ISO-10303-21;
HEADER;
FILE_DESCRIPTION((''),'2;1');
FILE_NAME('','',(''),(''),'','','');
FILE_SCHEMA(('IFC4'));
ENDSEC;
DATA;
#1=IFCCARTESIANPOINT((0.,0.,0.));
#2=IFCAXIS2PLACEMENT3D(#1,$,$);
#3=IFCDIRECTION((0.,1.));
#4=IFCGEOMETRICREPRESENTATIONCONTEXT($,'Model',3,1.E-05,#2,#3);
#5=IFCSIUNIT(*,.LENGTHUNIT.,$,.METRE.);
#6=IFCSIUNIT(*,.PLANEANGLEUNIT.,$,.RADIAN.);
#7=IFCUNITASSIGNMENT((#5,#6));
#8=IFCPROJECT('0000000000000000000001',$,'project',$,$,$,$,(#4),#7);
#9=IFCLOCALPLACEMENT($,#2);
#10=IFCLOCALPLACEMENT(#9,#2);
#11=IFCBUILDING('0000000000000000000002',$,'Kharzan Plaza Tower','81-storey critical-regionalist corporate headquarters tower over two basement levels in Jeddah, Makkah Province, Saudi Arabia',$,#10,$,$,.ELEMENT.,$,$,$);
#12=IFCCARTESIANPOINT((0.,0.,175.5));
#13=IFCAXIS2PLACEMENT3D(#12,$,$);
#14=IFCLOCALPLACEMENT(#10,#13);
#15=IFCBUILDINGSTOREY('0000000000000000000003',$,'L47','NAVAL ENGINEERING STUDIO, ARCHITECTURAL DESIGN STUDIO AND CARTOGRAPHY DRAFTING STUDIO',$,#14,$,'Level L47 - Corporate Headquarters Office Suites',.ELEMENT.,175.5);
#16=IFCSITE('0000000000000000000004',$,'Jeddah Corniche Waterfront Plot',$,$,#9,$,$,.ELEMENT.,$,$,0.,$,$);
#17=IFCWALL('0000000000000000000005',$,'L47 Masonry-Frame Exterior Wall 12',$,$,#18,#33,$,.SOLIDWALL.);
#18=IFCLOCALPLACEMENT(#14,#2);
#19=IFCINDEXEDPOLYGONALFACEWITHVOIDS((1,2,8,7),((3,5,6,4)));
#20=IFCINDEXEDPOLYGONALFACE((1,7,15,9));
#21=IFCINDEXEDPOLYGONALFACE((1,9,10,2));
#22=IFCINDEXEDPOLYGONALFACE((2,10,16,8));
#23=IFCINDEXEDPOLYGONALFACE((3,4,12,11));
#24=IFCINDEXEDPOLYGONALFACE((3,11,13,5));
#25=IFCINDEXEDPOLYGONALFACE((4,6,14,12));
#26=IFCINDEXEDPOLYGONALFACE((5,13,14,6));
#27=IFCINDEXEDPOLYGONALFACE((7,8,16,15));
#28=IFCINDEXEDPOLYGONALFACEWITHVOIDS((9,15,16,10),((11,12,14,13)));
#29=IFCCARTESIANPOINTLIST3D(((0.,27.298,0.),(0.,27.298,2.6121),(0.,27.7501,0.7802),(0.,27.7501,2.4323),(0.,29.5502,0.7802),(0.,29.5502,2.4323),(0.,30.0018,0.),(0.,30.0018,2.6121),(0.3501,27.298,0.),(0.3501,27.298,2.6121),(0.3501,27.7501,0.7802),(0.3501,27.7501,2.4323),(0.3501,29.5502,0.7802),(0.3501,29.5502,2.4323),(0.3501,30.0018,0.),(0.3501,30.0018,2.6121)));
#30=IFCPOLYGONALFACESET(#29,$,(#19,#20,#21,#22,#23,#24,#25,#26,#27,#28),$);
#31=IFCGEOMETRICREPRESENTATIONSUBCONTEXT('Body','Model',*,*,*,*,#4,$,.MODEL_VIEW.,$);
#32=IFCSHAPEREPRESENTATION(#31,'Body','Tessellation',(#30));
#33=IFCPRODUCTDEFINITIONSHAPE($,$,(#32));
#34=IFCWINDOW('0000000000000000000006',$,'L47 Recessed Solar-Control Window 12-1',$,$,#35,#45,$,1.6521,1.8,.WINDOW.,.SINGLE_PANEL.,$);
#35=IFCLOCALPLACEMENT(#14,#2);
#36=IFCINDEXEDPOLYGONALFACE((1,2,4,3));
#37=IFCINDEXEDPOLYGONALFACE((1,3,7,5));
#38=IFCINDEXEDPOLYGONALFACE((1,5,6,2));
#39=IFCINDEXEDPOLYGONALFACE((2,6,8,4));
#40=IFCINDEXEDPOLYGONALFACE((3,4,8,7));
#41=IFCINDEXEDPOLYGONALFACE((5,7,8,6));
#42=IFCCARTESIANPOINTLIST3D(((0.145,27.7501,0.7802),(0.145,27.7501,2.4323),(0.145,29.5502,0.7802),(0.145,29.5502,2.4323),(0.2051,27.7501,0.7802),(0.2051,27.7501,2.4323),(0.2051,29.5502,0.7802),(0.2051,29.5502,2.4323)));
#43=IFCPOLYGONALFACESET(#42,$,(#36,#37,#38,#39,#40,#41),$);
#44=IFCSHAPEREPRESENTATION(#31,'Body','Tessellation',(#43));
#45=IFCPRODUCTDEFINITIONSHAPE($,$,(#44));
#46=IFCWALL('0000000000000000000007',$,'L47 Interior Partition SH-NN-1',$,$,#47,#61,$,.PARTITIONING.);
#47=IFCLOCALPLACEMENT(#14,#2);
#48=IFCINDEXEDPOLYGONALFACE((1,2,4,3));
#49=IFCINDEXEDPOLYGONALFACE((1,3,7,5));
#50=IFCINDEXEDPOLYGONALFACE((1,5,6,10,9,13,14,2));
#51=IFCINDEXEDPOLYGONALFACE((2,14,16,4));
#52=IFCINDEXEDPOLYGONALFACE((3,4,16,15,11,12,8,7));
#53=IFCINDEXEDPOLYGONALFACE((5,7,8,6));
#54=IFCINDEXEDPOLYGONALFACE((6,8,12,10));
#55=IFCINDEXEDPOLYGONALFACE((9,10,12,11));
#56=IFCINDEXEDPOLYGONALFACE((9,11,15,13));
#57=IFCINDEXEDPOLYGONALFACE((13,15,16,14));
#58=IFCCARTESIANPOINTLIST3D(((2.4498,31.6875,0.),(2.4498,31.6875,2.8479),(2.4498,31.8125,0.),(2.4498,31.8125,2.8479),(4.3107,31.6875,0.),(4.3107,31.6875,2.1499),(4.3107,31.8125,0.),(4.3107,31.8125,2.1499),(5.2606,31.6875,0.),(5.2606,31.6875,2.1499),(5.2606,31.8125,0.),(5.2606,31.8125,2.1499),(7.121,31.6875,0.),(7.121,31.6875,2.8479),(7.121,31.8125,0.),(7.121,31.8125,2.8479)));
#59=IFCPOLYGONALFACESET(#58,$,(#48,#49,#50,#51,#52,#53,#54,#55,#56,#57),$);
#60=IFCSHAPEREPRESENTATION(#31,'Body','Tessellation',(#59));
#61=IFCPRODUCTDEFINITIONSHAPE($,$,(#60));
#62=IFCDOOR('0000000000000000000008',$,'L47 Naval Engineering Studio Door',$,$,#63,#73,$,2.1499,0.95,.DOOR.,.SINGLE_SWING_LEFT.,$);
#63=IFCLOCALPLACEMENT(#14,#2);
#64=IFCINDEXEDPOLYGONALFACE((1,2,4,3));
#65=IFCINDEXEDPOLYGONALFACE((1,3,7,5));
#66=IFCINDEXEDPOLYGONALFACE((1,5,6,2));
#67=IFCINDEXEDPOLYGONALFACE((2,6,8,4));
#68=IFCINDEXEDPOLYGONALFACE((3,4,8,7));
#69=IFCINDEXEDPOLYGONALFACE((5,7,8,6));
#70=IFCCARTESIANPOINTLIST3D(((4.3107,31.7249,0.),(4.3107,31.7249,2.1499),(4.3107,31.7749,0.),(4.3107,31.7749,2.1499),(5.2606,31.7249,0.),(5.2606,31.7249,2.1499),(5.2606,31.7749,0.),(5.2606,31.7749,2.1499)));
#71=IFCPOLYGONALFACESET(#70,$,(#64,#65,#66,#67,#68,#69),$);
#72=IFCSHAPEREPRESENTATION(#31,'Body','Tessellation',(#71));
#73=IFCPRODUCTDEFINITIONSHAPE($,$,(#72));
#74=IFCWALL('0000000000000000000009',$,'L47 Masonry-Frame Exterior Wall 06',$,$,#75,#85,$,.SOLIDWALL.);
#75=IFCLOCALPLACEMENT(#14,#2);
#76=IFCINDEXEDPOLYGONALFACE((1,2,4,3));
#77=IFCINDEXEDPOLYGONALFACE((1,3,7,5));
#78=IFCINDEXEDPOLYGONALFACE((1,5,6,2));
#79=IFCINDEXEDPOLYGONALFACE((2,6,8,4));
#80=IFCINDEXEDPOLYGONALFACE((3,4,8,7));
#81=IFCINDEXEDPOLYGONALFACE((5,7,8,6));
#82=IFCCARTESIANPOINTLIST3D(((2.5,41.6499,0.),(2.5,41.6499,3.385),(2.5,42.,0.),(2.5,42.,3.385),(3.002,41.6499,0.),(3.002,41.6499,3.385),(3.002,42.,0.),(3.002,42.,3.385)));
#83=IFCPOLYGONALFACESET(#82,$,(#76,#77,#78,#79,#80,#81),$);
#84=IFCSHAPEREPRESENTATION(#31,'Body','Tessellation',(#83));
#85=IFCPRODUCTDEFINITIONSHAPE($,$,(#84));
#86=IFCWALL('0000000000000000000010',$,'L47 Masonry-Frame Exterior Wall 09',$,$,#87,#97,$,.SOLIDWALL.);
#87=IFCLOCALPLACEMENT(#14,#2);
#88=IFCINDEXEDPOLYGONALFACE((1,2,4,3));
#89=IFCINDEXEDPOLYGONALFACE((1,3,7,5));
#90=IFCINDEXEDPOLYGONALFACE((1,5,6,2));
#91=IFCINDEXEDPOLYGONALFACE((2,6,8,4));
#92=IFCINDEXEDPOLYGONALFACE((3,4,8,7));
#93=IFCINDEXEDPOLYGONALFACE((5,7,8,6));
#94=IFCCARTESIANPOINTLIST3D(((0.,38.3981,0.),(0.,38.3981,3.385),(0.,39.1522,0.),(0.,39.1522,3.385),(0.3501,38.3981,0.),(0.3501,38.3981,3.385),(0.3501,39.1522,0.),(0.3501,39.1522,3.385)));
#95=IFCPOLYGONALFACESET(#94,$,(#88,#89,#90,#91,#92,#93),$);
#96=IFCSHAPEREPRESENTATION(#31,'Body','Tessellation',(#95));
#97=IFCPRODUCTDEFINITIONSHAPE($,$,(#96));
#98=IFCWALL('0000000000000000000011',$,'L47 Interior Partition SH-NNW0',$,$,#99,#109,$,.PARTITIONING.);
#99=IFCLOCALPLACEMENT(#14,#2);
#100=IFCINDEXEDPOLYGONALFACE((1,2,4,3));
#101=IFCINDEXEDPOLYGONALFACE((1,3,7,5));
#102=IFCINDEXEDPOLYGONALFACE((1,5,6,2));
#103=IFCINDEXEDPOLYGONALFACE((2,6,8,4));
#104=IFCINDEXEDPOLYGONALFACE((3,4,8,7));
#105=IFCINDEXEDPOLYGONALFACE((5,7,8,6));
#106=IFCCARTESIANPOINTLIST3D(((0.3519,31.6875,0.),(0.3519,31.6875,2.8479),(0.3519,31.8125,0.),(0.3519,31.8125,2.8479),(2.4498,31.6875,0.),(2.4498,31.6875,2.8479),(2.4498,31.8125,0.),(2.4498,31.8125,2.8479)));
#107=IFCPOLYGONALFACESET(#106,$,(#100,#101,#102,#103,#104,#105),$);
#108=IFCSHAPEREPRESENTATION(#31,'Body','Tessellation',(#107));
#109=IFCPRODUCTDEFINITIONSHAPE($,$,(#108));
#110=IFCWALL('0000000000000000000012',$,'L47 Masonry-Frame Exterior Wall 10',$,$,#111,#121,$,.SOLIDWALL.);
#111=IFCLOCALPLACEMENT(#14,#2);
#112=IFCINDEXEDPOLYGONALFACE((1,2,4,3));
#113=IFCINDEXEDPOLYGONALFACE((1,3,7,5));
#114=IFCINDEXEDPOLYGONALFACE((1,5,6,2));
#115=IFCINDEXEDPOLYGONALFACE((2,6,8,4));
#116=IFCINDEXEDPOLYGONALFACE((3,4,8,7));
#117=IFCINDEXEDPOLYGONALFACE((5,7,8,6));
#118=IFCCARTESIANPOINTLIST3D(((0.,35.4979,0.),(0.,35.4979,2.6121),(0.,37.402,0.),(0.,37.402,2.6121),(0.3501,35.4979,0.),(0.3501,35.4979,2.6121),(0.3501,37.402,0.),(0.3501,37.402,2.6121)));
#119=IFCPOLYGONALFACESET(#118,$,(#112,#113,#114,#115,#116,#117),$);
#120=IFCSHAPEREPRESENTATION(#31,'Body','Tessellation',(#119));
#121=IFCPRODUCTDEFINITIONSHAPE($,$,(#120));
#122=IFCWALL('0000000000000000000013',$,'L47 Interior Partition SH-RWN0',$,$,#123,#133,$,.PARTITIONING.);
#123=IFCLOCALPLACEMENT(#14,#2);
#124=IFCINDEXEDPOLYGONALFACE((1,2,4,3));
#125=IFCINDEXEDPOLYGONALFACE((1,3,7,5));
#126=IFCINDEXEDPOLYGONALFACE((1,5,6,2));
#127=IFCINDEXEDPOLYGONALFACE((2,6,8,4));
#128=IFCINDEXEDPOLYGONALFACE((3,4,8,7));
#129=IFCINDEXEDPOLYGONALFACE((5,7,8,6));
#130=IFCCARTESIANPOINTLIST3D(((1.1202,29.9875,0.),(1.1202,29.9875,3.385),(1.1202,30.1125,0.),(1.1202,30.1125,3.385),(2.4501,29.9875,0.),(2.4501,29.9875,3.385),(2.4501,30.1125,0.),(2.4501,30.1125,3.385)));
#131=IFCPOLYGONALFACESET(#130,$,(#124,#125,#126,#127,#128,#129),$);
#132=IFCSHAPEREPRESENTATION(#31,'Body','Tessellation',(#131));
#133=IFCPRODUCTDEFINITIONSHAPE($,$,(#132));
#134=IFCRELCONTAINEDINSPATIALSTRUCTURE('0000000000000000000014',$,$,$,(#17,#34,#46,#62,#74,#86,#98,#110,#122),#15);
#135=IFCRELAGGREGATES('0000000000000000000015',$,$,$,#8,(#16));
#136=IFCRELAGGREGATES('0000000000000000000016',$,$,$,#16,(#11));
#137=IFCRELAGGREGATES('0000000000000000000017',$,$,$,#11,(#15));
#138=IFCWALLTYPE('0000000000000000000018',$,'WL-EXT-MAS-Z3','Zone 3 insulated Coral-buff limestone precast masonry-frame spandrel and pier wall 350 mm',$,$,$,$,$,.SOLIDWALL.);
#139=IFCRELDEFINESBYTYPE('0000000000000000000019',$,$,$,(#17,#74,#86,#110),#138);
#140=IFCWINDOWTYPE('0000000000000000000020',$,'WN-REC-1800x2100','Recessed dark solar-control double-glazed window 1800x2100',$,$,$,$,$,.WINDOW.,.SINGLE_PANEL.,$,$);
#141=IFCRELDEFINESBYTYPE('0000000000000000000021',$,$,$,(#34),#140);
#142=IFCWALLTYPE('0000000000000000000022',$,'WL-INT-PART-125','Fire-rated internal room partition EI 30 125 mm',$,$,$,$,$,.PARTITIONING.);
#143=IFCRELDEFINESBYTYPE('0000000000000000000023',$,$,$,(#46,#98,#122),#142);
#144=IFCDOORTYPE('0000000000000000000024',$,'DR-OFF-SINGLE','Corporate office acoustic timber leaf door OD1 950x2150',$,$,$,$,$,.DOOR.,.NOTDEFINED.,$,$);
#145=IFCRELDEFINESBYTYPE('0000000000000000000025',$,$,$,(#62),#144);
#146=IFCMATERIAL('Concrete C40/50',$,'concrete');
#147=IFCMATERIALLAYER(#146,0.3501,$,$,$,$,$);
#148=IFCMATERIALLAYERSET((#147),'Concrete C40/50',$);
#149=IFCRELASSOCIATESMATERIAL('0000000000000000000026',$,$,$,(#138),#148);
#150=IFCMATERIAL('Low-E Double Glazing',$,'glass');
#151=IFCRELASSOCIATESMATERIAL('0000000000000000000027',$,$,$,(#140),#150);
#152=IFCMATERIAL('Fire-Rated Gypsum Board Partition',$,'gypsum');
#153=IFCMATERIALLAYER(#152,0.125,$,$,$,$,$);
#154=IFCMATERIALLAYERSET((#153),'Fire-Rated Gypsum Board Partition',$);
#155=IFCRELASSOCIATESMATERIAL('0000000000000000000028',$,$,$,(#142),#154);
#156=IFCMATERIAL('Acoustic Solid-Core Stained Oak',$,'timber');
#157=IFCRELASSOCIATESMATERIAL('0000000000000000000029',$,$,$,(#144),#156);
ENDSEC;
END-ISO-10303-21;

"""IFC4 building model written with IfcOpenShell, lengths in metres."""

from ifc_helpers import new_model, si_unit, direction, frame, frame_2d, origin, place, context, subcontext, project, spatial, rectangle, extrude, source, transform, mapped, material, layer, layer_set, type_object, element, fill, save


model = new_model("IFC4")

# Units and contexts
model_context = context("Model", 3, precision=1e-05, world=origin(), true_north=direction((0.0, 1.0)))
body_context = subcontext(model_context, "Body", "Model", "MODEL_VIEW")
ifc_project = project(units=[si_unit("LENGTHUNIT", "METRE"), si_unit("PLANEANGLEUNIT", "RADIAN")], contexts=[model_context])

# Site, building, storey
site_placement = place(None, origin())
site = spatial("IfcSite", under=ifc_project, at=site_placement, Name="Jeddah Corniche Waterfront Plot", CompositionType="ELEMENT", RefElevation=0.0)
building_placement = place(site_placement, origin())
building = spatial("IfcBuilding", under=site, at=building_placement, Name="Kharzan Plaza Tower", Description="81-storey critical-regionalist corporate headquarters tower over two basement levels in Jeddah, Makkah Province, Saudi Arabia", CompositionType="ELEMENT")
storey_placement = place(building_placement, frame((0.0, 0.0, 175.5)))
storey = spatial("IfcBuildingStorey", under=building, at=storey_placement, Name="L47", Description="NAVAL ENGINEERING STUDIO, ARCHITECTURAL DESIGN STUDIO AND CARTOGRAPHY DRAFTING STUDIO", LongName="Level L47 - Corporate Headquarters Office Suites", CompositionType="ELEMENT", Elevation=175.5)

# Wall, opening, window
ifc_material_1 = material(Name="Concrete C40/50", Category="concrete")
ifc_layer_1 = layer(ifc_material_1, 0.3501)
ifc_layer_set_1 = layer_set([ifc_layer_1], Name="Concrete C40/50")
wall_type_1 = type_object("IfcWallType", Name="WL-EXT-MAS-Z3", Description="Zone 3 insulated Coral-buff limestone precast masonry-frame spandrel and pier wall 350 mm", PredefinedType="SOLIDWALL", material=ifc_layer_set_1)
ifc_material_2 = material(Name="Low-E Double Glazing", Category="glass")
window_type_1 = type_object("IfcWindowType", Name="WN-REC-1800x2100", Description="Recessed dark solar-control double-glazed window 1800x2100", PartitioningType="SINGLE_PANEL", PredefinedType="WINDOW", material=ifc_material_2)
shared_shape_1 = source(origin(), body_context, "Body", "SweptSolid", [
    extrude(rectangle(XDim=1.8, YDim=1.6521, at=frame_2d((0.8999, 0.8262))), frame((0.0, 0.03, 0.0), z_axis=(0.0, -1.0, 0.0), x_axis=(1.0, 0.0, 0.0)), (0.0, 0.0, 1.0), 0.0601),
])
wall_1_placement = place(storey_placement, frame((0.175, 30.002, 0.0), z_axis=(0.0, 0.0, 1.0), x_axis=(0.0, -1.0, 0.0)))
wall_1 = element("IfcWall", 1, at=wall_1_placement, inside=storey, type_object=wall_type_1, Name="L47 Masonry-Frame Exterior Wall 12", PredefinedType="SOLIDWALL", context=body_context, shape_type="SweptSolid", body=[
    extrude(rectangle(XDim=2.7039, YDim=0.3501, at=frame_2d((1.3521, 0.0))), origin(), (0.0, 0.0, 1.0), 2.6121),
])
opening_1_placement = place(wall_1_placement, frame((0.4519, 0.0, 0.78)))
opening_1 = element("IfcOpeningElement", 2, at=opening_1_placement, cuts=wall_1, PredefinedType="OPENING", context=body_context, shape_type="SweptSolid", body=[
    extrude(rectangle(XDim=1.8, YDim=1.6521, at=frame_2d((0.8999, 0.8262))), frame((0.0, 0.1851, 0.0), z_axis=(0.0, -1.0, 0.0), x_axis=(1.0, 0.0, 0.0)), (0.0, 0.0, 1.0), 0.3701),
])
window_1_placement = place(opening_1_placement, origin())
window_1 = element("IfcWindow", 3, at=window_1_placement, inside=storey, type_object=window_type_1, Name="L47 Recessed Solar-Control Window 12-1", OverallHeight=1.6521, OverallWidth=1.8, PartitioningType="SINGLE_PANEL", PredefinedType="WINDOW", context=body_context, shape_type="MappedRepresentation", body=[
    mapped(shared_shape_1, transform((0.0, 0.0, 0.0), x_axis=(1.0, 0.0, 0.0), y_axis=(0.0, 1.0, 0.0), z_axis=(0.0, 0.0, 1.0))),
])
fill(opening_1, window_1)

# Wall, opening, door
ifc_material_3 = material(Name="Fire-Rated Gypsum Board Partition", Category="gypsum")
ifc_layer_2 = layer(ifc_material_3, 0.125)
ifc_layer_set_2 = layer_set([ifc_layer_2], Name="Fire-Rated Gypsum Board Partition")
wall_type_2 = type_object("IfcWallType", Name="WL-INT-PART-125", Description="Fire-rated internal room partition EI 30 125 mm", PredefinedType="PARTITIONING", material=ifc_layer_set_2)
wall_2_placement = place(storey_placement, frame((2.45, 31.75, 0.0), z_axis=(0.0, 0.0, 1.0), x_axis=(1.0, 0.0, 0.0)))
wall_2 = element("IfcWall", 4, at=wall_2_placement, inside=storey, type_object=wall_type_2, Name="L47 Interior Partition SH-NN-1", PredefinedType="PARTITIONING", context=body_context, shape_type="SweptSolid", body=[
    extrude(rectangle(XDim=4.6711, YDim=0.125, at=frame_2d((2.3354, 0.0))), origin(), (0.0, 0.0, 1.0), 2.8479),
])
opening_2_placement = place(wall_2_placement, frame((1.8606, 0.0, 0.0)))
opening_2 = element("IfcOpeningElement", 5, at=opening_2_placement, cuts=wall_2, PredefinedType="OPENING", context=body_context, shape_type="SweptSolid", body=[
    extrude(rectangle(XDim=0.95, YDim=2.1499, at=frame_2d((0.4751, 1.075))), frame((0.0, 0.0725, 0.0), z_axis=(0.0, -1.0, 0.0), x_axis=(1.0, 0.0, 0.0)), (0.0, 0.0, 1.0), 0.145),
])
ifc_material_4 = material(Name="Acoustic Solid-Core Stained Oak", Category="timber")
door_type = type_object("IfcDoorType", Name="DR-OFF-SINGLE", Description="Corporate office acoustic timber leaf door OD1 950x2150", OperationType="NOTDEFINED", PredefinedType="DOOR", material=ifc_material_4)
shared_shape_2 = source(origin(), body_context, "Body", "SweptSolid", [
    extrude(rectangle(XDim=0.95, YDim=2.1499, at=frame_2d((0.4751, 1.075))), frame((0.0, 0.0249, 0.0), z_axis=(0.0, -1.0, 0.0), x_axis=(1.0, 0.0, 0.0)), (0.0, 0.0, 1.0), 0.05),
])
door_1_placement = place(opening_2_placement, origin())
door_1 = element("IfcDoor", 6, at=door_1_placement, inside=storey, type_object=door_type, Name="L47 Naval Engineering Studio Door", OperationType="SINGLE_SWING_LEFT", OverallHeight=2.1499, OverallWidth=0.95, PredefinedType="DOOR", context=body_context, shape_type="MappedRepresentation", body=[
    mapped(shared_shape_2, transform((0.0, 0.0, 0.0), x_axis=(1.0, 0.0, 0.0), y_axis=(0.0, 1.0, 0.0), z_axis=(0.0, 0.0, 1.0))),
])
fill(opening_2, door_1)

# Walls
shared_shape_3 = source(origin(), body_context, "Body", "SweptSolid", [
    extrude(rectangle(XDim=0.502, YDim=0.3501, at=frame_2d((0.251, 0.0))), origin(), (0.0, 0.0, 1.0), 3.385),
])
wall_3_placement = place(storey_placement, frame((3.002, 41.825, 0.0), z_axis=(0.0, 0.0, 1.0), x_axis=(-1.0, 0.0, 0.0)))
element("IfcWall", 7, at=wall_3_placement, inside=storey, type_object=wall_type_1, Name="L47 Masonry-Frame Exterior Wall 06", PredefinedType="SOLIDWALL", context=body_context, shape_type="MappedRepresentation", body=[
    mapped(shared_shape_3, transform((0.0, 0.0, 0.0), x_axis=(1.0, 0.0, 0.0), y_axis=(0.0, 1.0, 0.0), z_axis=(0.0, 0.0, 1.0))),
])
shared_shape_4 = source(origin(), body_context, "Body", "SweptSolid", [
    extrude(rectangle(XDim=0.7542, YDim=0.3501, at=frame_2d((0.377, 0.0))), origin(), (0.0, 0.0, 1.0), 3.385),
])
wall_4_placement = place(storey_placement, frame((0.175, 39.1521, 0.0), z_axis=(0.0, 0.0, 1.0), x_axis=(0.0, -1.0, 0.0)))
element("IfcWall", 8, at=wall_4_placement, inside=storey, type_object=wall_type_1, Name="L47 Masonry-Frame Exterior Wall 09", PredefinedType="SOLIDWALL", context=body_context, shape_type="MappedRepresentation", body=[
    mapped(shared_shape_4, transform((0.0, 0.0, 0.0), x_axis=(1.0, 0.0, 0.0), y_axis=(0.0, 1.0, 0.0), z_axis=(0.0, 0.0, 1.0))),
])
shared_shape_5 = source(origin(), body_context, "Body", "SweptSolid", [
    extrude(rectangle(XDim=2.0979, YDim=0.125, at=frame_2d((1.0488, 0.0))), origin(), (0.0, 0.0, 1.0), 2.8479),
])
wall_5_placement = place(storey_placement, frame((0.3521, 31.75, 0.0), z_axis=(0.0, 0.0, 1.0), x_axis=(1.0, 0.0, 0.0)))
element("IfcWall", 9, at=wall_5_placement, inside=storey, type_object=wall_type_2, Name="L47 Interior Partition SH-NNW0", PredefinedType="PARTITIONING", context=body_context, shape_type="MappedRepresentation", body=[
    mapped(shared_shape_5, transform((0.0, 0.0, 0.0), x_axis=(1.0, 0.0, 0.0), y_axis=(0.0, 1.0, 0.0), z_axis=(0.0, 0.0, 1.0))),
])
shared_shape_6 = source(origin(), body_context, "Body", "SweptSolid", [
    extrude(rectangle(XDim=1.9041, YDim=0.3501, at=frame_2d((0.9521, 0.0))), origin(), (0.0, 0.0, 1.0), 2.6121),
])
wall_6_placement = place(storey_placement, frame((0.175, 37.4021, 0.0), z_axis=(0.0, 0.0, 1.0), x_axis=(0.0, -1.0, 0.0)))
element("IfcWall", 10, at=wall_6_placement, inside=storey, type_object=wall_type_1, Name="L47 Masonry-Frame Exterior Wall 10", PredefinedType="SOLIDWALL", context=body_context, shape_type="MappedRepresentation", body=[
    mapped(shared_shape_6, transform((0.0, 0.0, 0.0), x_axis=(1.0, 0.0, 0.0), y_axis=(0.0, 1.0, 0.0), z_axis=(0.0, 0.0, 1.0))),
])
shared_shape_7 = source(origin(), body_context, "Body", "SweptSolid", [
    extrude(rectangle(XDim=1.3298, YDim=0.125, at=frame_2d((0.665, 0.0))), origin(), (0.0, 0.0, 1.0), 3.385),
])
wall_7_placement = place(storey_placement, frame((1.1201, 30.05, 0.0), z_axis=(0.0, 0.0, 1.0), x_axis=(1.0, 0.0, 0.0)))
element("IfcWall", 11, at=wall_7_placement, inside=storey, type_object=wall_type_2, Name="L47 Interior Partition SH-RWN0", PredefinedType="PARTITIONING", context=body_context, shape_type="MappedRepresentation", body=[
    mapped(shared_shape_7, transform((0.0, 0.0, 0.0), x_axis=(1.0, 0.0, 0.0), y_axis=(0.0, 1.0, 0.0), z_axis=(0.0, 0.0, 1.0))),
])

save(model, "model.ifc")
